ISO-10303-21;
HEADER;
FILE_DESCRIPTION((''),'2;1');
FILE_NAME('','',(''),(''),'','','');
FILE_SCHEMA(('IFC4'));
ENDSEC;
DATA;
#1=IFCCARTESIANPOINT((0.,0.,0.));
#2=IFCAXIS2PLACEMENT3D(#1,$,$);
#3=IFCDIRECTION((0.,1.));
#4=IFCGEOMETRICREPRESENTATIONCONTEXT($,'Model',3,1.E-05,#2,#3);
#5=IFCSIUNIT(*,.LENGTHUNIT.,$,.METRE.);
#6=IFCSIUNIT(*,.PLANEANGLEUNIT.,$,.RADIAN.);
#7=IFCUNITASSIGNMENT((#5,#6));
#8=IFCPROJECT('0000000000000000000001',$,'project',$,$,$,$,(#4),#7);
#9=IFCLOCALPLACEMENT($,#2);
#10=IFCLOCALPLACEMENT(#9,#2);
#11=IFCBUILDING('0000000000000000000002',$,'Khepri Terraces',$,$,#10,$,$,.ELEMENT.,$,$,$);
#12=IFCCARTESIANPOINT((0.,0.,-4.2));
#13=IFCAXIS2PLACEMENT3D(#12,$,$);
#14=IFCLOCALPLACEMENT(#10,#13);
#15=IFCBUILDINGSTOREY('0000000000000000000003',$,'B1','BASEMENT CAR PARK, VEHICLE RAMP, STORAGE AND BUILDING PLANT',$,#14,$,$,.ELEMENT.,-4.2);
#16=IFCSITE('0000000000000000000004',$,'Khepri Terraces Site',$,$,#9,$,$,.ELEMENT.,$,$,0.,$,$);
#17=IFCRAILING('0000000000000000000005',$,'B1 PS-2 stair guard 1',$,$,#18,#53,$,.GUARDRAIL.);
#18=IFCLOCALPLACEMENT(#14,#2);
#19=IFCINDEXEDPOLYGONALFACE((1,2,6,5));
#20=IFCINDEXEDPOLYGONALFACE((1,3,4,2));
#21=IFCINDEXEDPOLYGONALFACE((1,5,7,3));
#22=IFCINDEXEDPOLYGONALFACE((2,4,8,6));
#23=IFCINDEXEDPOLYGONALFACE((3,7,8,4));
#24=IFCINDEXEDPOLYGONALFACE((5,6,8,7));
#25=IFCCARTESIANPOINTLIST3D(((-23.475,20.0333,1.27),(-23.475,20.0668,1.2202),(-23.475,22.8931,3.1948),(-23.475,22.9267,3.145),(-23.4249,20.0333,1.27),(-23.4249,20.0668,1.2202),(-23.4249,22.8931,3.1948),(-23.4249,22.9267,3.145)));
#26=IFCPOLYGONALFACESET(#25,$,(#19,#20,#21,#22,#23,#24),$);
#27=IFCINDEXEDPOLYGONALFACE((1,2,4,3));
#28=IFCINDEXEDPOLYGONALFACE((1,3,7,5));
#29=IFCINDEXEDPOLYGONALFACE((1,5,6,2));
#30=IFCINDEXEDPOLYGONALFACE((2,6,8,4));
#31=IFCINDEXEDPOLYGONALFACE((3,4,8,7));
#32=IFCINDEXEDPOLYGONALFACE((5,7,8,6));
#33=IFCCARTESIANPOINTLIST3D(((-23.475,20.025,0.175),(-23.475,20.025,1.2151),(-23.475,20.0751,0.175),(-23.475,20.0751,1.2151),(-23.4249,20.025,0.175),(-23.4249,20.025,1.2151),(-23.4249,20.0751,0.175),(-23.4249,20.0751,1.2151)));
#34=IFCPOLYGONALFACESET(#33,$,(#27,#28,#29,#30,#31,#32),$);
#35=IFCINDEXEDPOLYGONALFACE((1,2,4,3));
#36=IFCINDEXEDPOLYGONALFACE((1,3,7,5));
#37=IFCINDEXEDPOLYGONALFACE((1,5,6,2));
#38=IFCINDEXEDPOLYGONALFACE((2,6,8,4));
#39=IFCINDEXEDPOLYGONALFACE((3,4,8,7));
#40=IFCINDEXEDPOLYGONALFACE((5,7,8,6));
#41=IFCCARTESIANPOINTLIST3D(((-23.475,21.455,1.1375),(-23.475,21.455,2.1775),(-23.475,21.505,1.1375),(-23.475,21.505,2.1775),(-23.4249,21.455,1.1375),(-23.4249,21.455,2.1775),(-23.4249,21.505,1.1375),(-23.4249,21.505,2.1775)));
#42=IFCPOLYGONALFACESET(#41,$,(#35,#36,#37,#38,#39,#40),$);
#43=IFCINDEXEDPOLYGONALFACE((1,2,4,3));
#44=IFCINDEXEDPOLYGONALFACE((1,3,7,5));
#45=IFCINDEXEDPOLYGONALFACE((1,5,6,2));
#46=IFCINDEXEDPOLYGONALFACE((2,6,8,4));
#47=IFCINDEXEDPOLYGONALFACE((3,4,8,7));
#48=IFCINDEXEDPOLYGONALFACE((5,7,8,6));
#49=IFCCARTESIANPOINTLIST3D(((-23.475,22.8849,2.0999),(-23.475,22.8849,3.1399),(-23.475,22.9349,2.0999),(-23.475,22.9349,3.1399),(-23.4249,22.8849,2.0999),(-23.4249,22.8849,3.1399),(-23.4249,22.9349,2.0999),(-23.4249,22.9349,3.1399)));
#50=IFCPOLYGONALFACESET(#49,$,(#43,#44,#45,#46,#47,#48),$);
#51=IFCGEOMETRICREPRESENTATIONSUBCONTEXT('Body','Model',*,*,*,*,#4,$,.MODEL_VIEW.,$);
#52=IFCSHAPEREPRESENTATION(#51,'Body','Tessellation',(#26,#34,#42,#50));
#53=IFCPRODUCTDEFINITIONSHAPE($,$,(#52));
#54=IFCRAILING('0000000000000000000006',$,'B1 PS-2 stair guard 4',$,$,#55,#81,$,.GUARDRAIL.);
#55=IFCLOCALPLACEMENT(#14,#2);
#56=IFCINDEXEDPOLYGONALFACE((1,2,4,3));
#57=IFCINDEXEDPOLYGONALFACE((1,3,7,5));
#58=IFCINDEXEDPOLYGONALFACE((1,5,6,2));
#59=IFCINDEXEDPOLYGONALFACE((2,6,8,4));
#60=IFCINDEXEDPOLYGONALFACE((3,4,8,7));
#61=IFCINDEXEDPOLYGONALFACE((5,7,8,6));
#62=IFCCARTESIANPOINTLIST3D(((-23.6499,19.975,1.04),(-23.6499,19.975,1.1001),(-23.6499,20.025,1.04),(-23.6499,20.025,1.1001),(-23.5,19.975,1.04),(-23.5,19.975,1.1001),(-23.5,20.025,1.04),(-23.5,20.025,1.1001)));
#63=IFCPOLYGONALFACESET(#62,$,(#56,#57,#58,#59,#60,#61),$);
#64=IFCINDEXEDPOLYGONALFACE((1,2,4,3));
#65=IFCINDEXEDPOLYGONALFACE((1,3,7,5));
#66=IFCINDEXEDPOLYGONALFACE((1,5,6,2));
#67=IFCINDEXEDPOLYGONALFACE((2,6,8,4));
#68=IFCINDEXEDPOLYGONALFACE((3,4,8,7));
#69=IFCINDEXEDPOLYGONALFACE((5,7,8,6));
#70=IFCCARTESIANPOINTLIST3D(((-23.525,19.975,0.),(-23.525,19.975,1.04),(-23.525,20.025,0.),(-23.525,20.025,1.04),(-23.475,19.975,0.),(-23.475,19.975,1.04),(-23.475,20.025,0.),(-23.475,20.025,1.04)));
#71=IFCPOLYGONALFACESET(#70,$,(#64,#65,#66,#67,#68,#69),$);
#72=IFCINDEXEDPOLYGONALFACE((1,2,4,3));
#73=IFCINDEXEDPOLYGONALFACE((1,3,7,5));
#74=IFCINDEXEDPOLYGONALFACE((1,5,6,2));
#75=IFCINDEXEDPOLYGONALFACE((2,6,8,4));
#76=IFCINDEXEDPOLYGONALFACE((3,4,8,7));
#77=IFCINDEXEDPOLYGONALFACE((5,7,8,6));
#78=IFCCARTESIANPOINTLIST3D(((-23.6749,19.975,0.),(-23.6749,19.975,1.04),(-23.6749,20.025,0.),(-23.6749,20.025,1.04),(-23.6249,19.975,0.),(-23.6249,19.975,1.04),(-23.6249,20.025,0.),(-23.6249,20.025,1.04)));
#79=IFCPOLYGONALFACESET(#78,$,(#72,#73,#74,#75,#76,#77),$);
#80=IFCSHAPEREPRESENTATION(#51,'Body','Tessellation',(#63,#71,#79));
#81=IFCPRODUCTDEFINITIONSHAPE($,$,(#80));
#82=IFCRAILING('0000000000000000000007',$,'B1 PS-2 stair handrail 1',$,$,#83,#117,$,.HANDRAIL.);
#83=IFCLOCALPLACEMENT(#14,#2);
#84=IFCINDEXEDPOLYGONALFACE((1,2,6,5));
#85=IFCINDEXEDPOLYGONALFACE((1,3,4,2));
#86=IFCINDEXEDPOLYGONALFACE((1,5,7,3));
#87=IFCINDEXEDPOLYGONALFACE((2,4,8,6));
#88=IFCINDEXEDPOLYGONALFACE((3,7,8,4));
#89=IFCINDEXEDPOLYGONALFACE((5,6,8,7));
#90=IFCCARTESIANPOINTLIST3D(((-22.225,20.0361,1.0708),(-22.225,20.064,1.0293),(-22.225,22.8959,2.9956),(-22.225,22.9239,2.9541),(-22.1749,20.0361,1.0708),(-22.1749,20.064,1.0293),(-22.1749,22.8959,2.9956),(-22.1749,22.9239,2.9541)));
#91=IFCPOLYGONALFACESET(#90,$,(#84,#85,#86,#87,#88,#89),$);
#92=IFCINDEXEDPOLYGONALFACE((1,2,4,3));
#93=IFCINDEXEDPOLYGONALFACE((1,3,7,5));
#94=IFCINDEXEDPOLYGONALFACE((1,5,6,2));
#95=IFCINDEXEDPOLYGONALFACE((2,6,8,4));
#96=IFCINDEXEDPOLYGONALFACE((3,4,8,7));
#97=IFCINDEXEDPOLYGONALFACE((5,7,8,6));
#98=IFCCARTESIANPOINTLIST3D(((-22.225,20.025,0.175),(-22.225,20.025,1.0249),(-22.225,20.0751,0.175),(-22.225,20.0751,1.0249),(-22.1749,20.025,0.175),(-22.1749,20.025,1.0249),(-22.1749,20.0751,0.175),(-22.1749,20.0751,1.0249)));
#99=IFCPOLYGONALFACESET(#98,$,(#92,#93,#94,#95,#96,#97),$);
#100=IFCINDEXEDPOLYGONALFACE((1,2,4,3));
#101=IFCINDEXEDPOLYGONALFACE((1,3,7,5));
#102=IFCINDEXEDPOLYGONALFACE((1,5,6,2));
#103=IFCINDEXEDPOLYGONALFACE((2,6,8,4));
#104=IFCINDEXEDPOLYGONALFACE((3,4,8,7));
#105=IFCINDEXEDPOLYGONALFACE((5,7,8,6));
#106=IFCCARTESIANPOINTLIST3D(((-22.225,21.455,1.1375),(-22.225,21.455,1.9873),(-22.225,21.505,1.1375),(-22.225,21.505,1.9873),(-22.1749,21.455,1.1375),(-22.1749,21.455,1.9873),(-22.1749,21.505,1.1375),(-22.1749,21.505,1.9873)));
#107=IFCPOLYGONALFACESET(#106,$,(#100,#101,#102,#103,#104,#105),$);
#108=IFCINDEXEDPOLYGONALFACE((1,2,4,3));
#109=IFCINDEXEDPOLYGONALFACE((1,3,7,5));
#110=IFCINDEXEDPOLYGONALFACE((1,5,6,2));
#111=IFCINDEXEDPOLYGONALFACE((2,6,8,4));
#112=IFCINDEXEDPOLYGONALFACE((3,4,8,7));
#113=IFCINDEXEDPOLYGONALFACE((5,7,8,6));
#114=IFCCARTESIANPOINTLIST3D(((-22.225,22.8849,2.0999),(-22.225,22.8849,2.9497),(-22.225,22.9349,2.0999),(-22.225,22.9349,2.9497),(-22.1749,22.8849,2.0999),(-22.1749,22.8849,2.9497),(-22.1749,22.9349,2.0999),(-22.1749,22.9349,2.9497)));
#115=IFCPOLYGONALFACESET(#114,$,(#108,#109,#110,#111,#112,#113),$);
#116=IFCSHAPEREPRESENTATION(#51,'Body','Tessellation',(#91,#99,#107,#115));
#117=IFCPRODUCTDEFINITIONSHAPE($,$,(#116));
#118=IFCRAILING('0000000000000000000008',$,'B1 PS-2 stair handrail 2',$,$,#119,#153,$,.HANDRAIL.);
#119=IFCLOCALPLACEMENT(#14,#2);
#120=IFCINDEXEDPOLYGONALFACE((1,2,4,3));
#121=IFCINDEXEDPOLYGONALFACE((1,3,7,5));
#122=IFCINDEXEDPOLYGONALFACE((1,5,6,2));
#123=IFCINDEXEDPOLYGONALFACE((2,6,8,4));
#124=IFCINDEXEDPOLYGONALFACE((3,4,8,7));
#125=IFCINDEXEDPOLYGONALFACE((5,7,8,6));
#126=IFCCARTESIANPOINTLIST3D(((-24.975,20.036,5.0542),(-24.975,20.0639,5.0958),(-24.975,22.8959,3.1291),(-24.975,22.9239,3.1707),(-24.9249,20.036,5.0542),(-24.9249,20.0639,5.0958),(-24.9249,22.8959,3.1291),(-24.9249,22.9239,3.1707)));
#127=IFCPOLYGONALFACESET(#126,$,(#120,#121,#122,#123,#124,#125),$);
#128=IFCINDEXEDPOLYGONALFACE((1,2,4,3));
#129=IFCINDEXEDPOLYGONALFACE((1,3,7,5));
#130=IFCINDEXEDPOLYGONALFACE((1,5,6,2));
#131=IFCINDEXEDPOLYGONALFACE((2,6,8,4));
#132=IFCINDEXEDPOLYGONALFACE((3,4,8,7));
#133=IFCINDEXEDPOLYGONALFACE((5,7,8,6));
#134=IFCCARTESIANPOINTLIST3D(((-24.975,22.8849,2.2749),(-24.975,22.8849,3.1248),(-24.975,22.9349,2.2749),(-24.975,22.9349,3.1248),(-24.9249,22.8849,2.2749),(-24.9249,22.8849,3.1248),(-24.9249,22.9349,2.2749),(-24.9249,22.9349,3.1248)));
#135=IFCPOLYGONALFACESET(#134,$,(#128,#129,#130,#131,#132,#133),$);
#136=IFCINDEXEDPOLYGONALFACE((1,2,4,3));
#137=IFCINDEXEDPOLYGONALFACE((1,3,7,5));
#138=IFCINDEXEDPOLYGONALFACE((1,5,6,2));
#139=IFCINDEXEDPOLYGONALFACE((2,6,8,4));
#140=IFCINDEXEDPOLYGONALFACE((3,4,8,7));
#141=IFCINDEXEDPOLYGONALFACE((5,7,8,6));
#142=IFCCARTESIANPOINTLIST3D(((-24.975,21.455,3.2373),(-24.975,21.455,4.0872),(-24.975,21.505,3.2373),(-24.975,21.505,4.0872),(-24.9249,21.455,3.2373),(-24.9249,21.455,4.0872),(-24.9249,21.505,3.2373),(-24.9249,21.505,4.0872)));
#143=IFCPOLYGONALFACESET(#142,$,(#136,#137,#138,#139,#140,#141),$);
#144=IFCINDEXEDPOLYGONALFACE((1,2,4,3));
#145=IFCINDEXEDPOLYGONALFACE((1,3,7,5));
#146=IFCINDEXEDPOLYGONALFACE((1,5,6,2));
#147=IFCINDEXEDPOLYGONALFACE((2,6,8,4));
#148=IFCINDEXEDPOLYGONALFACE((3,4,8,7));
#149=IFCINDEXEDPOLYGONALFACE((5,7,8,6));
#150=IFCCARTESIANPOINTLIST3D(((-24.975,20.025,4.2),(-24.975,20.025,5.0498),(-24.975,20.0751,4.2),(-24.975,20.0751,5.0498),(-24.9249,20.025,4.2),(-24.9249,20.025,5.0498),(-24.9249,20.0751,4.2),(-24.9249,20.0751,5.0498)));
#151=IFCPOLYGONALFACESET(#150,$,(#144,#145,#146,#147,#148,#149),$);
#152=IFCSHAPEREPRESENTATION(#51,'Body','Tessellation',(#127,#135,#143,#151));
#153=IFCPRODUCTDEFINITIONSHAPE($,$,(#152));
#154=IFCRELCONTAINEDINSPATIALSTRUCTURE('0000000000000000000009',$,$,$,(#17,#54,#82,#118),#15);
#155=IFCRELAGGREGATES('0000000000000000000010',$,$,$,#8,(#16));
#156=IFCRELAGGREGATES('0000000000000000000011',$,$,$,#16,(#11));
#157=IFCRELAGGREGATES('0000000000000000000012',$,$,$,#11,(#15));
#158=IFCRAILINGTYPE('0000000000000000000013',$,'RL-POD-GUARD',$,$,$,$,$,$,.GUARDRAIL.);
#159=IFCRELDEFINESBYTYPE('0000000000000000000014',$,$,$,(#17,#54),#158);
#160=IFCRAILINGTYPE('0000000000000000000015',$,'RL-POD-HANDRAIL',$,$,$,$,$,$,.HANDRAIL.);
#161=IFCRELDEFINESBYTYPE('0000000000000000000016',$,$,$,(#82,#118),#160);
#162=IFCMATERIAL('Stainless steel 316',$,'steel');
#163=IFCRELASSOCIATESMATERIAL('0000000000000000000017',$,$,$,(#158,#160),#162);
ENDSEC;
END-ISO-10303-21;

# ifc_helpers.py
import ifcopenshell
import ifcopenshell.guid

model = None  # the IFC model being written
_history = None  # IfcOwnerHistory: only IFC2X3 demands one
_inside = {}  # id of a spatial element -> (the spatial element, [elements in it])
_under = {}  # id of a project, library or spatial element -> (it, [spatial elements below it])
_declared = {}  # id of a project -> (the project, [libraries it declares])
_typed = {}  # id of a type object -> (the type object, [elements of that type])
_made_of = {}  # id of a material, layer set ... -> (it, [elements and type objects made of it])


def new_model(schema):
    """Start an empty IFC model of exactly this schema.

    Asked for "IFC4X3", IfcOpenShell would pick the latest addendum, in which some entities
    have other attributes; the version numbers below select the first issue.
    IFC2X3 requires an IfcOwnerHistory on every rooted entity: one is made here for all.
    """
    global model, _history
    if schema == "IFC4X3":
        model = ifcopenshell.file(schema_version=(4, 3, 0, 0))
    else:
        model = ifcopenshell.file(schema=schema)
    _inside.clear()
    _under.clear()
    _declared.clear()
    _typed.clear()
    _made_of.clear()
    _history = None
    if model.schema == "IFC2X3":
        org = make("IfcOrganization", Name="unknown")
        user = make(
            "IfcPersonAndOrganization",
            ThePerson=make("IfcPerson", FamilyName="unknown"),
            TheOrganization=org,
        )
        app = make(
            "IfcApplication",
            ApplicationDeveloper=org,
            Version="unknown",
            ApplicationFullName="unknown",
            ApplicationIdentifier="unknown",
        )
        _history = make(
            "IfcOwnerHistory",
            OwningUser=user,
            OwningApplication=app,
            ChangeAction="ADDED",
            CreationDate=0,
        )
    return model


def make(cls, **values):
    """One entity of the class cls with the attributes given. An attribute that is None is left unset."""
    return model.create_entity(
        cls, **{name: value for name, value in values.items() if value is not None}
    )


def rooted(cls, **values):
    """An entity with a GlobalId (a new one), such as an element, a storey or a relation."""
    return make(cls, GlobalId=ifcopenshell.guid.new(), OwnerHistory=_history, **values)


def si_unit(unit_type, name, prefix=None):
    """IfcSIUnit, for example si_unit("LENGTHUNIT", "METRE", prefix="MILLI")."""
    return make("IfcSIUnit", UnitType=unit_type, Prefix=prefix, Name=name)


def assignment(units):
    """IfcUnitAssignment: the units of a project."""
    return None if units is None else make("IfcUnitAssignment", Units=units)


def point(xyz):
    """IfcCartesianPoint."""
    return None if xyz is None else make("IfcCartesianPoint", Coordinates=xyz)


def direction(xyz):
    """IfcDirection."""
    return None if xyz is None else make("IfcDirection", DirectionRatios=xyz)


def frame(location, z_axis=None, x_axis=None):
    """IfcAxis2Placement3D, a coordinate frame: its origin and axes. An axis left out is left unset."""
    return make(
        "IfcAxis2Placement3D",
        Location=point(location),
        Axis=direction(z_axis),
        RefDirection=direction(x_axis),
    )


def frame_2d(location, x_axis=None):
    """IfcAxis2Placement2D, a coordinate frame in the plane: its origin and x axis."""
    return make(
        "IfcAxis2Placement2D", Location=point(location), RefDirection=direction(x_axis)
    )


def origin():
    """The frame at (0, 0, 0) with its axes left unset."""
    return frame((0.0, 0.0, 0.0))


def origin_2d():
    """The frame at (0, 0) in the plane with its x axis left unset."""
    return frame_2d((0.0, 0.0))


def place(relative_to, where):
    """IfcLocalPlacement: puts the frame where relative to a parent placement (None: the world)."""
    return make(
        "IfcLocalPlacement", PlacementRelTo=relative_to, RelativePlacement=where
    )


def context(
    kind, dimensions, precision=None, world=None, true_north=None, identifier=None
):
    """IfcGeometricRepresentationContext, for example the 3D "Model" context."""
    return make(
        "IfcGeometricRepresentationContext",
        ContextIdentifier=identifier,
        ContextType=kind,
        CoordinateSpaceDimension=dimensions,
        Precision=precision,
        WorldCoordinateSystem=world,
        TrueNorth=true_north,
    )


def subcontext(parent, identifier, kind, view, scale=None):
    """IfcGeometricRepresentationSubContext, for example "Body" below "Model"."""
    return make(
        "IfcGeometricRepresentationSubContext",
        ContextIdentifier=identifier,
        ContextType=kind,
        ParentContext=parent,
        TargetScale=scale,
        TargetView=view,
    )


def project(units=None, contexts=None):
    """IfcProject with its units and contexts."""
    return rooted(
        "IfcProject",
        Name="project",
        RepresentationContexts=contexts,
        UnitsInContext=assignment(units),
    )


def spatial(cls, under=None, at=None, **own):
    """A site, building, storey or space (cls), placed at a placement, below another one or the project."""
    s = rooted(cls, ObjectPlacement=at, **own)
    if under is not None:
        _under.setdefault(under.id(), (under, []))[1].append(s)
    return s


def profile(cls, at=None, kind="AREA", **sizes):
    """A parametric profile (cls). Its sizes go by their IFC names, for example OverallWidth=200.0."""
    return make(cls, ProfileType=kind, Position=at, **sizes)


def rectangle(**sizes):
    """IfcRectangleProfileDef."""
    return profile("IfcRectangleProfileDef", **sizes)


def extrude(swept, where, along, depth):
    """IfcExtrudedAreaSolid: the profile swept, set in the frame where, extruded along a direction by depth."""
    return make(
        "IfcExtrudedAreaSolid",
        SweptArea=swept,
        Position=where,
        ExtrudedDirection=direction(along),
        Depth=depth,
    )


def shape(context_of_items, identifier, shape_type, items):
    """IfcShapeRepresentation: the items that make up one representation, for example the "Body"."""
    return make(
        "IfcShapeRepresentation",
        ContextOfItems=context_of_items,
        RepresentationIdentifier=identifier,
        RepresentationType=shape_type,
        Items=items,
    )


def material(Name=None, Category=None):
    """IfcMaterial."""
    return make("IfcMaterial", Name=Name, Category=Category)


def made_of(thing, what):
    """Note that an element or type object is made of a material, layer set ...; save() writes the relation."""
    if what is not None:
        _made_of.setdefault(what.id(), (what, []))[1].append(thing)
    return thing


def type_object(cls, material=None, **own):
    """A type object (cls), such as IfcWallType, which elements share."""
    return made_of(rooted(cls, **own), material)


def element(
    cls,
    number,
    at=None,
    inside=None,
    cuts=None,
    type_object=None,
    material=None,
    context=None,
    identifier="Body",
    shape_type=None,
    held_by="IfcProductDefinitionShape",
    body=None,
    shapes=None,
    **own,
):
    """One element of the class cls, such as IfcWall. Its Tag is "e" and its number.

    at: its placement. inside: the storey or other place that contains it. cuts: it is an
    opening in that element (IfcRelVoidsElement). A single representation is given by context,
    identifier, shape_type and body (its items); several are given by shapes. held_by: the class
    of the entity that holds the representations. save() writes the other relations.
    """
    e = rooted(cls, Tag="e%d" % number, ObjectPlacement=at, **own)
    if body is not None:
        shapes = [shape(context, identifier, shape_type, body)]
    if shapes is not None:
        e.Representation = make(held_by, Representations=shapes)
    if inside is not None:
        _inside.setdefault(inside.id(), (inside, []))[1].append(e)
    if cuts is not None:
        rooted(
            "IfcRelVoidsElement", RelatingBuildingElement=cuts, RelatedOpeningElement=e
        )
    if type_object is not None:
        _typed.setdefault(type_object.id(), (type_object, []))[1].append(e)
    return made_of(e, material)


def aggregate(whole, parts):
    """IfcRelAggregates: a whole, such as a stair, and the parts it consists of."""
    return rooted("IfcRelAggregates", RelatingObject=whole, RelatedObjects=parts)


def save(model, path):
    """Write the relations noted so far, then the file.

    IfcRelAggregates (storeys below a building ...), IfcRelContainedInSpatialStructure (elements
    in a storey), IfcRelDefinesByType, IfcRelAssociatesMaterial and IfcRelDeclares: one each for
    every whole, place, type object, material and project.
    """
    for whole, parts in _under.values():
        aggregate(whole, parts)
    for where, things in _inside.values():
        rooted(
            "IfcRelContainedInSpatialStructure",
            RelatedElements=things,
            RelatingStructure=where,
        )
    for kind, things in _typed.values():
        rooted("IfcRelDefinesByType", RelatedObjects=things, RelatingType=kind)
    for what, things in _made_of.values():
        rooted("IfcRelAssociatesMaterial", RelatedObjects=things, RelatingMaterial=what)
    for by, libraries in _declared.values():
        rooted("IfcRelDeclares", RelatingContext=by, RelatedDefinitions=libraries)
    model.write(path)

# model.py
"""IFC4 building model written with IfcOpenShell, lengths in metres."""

from ifc_helpers import new_model, si_unit, direction, frame, origin, origin_2d, place, context, subcontext, project, spatial, rectangle, extrude, material, type_object, element, save


model = new_model("IFC4")

# Units and contexts
model_context = context("Model", 3, precision=1e-05, world=origin(), true_north=direction((0.0, 1.0)))
body_context = subcontext(model_context, "Body", "Model", "MODEL_VIEW")
ifc_project = project(units=[si_unit("LENGTHUNIT", "METRE"), si_unit("PLANEANGLEUNIT", "RADIAN")], contexts=[model_context])

# Site, building, storey
site_placement = place(None, origin())
site = spatial("IfcSite", under=ifc_project, at=site_placement, Name="Khepri Terraces Site", CompositionType="ELEMENT", RefElevation=0.0)
building_placement = place(site_placement, origin())
building = spatial("IfcBuilding", under=site, at=building_placement, Name="Khepri Terraces", CompositionType="ELEMENT")
storey_placement = place(building_placement, frame((0.0, 0.0, -4.2)))
storey = spatial("IfcBuildingStorey", under=building, at=storey_placement, Name="B1", Description="BASEMENT CAR PARK, VEHICLE RAMP, STORAGE AND BUILDING PLANT", CompositionType="ELEMENT", Elevation=-4.2)

# Railings
ifc_material_1 = material(Name="Stainless steel 316", Category="steel")
railing_type_1 = type_object("IfcRailingType", Name="RL-POD-GUARD", PredefinedType="GUARDRAIL", material=ifc_material_1)
railing_1_placement = place(storey_placement, frame((-23.45, 20.05, 0.175)))
element("IfcRailing", 1, at=railing_1_placement, inside=storey, type_object=railing_type_1, Name="B1 PS-2 stair guard 1", PredefinedType="GUARDRAIL", context=body_context, shape_type="SweptSolid", body=[
    extrude(rectangle(XDim=0.05, YDim=0.0601, at=origin_2d()), frame((0.0, 0.0, 1.0701), z_axis=(0.0, 0.829602, 0.558356), x_axis=(-1.0, 0.0, 0.0)), (0.0, 0.0, 1.0), 3.4473),
    extrude(rectangle(XDim=0.05, YDim=0.05, at=origin_2d()), origin(), (0.0, 0.0, 1.0), 1.04),
    extrude(rectangle(XDim=0.05, YDim=0.05, at=origin_2d()), frame((0.0, 1.4299, 0.9624)), (0.0, 0.0, 1.0), 1.04),
    extrude(rectangle(XDim=0.05, YDim=0.05, at=origin_2d()), frame((0.0, 2.8599, 1.9248)), (0.0, 0.0, 1.0), 1.04),
])
railing_2_placement = place(storey_placement, frame((-23.5, 20.0, 0.0)))
element("IfcRailing", 2, at=railing_2_placement, inside=storey, type_object=railing_type_1, Name="B1 PS-2 stair guard 4", PredefinedType="GUARDRAIL", context=body_context, shape_type="SweptSolid", body=[
    extrude(rectangle(XDim=0.05, YDim=0.0601, at=origin_2d()), frame((0.0, 0.0, 1.0701), z_axis=(-1.0, 0.0, 0.0), x_axis=(0.0, -1.0, 0.0)), (0.0, 0.0, 1.0), 0.1499),
    extrude(rectangle(XDim=0.05, YDim=0.05, at=origin_2d()), origin(), (0.0, 0.0, 1.0), 1.04),
    extrude(rectangle(XDim=0.05, YDim=0.05, at=origin_2d()), frame((-0.1499, 0.0, 0.0)), (0.0, 0.0, 1.0), 1.04),
])
railing_type_2 = type_object("IfcRailingType", Name="RL-POD-HANDRAIL", PredefinedType="HANDRAIL", material=ifc_material_1)
railing_3_placement = place(storey_placement, frame((-22.2, 20.05, 0.175)))
element("IfcRailing", 3, at=railing_3_placement, inside=storey, type_object=railing_type_2, Name="B1 PS-2 stair handrail 1", PredefinedType="HANDRAIL", context=body_context, shape_type="SweptSolid", body=[
    extrude(rectangle(XDim=0.05, YDim=0.05, at=origin_2d()), frame((0.0, 0.0, 0.875), z_axis=(0.0, 0.829602, 0.558356), x_axis=(-1.0, 0.0, 0.0)), (0.0, 0.0, 1.0), 3.4473),
    extrude(rectangle(XDim=0.05, YDim=0.05, at=origin_2d()), origin(), (0.0, 0.0, 1.0), 0.8499),
    extrude(rectangle(XDim=0.05, YDim=0.05, at=origin_2d()), frame((0.0, 1.4299, 0.9624)), (0.0, 0.0, 1.0), 0.8499),
    extrude(rectangle(XDim=0.05, YDim=0.05, at=origin_2d()), frame((0.0, 2.8599, 1.9248)), (0.0, 0.0, 1.0), 0.8499),
])
railing_4_placement = place(storey_placement, frame((-24.95, 22.9099, 2.2749)))
element("IfcRailing", 4, at=railing_4_placement, inside=storey, type_object=railing_type_2, Name="B1 PS-2 stair handrail 2", PredefinedType="HANDRAIL", context=body_context, shape_type="SweptSolid", body=[
    extrude(rectangle(XDim=0.05, YDim=0.05, at=origin_2d()), frame((0.0, 0.0, 0.875), z_axis=(0.0, -0.829569, 0.558404), x_axis=(1.0, 0.0, 0.0)), (0.0, 0.0, 1.0), 3.4475),
    extrude(rectangle(XDim=0.05, YDim=0.05, at=origin_2d()), origin(), (0.0, 0.0, 1.0), 0.8499),
    extrude(rectangle(XDim=0.05, YDim=0.05, at=origin_2d()), frame((0.0, -1.4299, 0.9624)), (0.0, 0.0, 1.0), 0.8499),
    extrude(rectangle(XDim=0.05, YDim=0.05, at=origin_2d()), frame((0.0, -2.8599, 1.925)), (0.0, 0.0, 1.0), 0.8499),
])

save(model, "model.ifc")
